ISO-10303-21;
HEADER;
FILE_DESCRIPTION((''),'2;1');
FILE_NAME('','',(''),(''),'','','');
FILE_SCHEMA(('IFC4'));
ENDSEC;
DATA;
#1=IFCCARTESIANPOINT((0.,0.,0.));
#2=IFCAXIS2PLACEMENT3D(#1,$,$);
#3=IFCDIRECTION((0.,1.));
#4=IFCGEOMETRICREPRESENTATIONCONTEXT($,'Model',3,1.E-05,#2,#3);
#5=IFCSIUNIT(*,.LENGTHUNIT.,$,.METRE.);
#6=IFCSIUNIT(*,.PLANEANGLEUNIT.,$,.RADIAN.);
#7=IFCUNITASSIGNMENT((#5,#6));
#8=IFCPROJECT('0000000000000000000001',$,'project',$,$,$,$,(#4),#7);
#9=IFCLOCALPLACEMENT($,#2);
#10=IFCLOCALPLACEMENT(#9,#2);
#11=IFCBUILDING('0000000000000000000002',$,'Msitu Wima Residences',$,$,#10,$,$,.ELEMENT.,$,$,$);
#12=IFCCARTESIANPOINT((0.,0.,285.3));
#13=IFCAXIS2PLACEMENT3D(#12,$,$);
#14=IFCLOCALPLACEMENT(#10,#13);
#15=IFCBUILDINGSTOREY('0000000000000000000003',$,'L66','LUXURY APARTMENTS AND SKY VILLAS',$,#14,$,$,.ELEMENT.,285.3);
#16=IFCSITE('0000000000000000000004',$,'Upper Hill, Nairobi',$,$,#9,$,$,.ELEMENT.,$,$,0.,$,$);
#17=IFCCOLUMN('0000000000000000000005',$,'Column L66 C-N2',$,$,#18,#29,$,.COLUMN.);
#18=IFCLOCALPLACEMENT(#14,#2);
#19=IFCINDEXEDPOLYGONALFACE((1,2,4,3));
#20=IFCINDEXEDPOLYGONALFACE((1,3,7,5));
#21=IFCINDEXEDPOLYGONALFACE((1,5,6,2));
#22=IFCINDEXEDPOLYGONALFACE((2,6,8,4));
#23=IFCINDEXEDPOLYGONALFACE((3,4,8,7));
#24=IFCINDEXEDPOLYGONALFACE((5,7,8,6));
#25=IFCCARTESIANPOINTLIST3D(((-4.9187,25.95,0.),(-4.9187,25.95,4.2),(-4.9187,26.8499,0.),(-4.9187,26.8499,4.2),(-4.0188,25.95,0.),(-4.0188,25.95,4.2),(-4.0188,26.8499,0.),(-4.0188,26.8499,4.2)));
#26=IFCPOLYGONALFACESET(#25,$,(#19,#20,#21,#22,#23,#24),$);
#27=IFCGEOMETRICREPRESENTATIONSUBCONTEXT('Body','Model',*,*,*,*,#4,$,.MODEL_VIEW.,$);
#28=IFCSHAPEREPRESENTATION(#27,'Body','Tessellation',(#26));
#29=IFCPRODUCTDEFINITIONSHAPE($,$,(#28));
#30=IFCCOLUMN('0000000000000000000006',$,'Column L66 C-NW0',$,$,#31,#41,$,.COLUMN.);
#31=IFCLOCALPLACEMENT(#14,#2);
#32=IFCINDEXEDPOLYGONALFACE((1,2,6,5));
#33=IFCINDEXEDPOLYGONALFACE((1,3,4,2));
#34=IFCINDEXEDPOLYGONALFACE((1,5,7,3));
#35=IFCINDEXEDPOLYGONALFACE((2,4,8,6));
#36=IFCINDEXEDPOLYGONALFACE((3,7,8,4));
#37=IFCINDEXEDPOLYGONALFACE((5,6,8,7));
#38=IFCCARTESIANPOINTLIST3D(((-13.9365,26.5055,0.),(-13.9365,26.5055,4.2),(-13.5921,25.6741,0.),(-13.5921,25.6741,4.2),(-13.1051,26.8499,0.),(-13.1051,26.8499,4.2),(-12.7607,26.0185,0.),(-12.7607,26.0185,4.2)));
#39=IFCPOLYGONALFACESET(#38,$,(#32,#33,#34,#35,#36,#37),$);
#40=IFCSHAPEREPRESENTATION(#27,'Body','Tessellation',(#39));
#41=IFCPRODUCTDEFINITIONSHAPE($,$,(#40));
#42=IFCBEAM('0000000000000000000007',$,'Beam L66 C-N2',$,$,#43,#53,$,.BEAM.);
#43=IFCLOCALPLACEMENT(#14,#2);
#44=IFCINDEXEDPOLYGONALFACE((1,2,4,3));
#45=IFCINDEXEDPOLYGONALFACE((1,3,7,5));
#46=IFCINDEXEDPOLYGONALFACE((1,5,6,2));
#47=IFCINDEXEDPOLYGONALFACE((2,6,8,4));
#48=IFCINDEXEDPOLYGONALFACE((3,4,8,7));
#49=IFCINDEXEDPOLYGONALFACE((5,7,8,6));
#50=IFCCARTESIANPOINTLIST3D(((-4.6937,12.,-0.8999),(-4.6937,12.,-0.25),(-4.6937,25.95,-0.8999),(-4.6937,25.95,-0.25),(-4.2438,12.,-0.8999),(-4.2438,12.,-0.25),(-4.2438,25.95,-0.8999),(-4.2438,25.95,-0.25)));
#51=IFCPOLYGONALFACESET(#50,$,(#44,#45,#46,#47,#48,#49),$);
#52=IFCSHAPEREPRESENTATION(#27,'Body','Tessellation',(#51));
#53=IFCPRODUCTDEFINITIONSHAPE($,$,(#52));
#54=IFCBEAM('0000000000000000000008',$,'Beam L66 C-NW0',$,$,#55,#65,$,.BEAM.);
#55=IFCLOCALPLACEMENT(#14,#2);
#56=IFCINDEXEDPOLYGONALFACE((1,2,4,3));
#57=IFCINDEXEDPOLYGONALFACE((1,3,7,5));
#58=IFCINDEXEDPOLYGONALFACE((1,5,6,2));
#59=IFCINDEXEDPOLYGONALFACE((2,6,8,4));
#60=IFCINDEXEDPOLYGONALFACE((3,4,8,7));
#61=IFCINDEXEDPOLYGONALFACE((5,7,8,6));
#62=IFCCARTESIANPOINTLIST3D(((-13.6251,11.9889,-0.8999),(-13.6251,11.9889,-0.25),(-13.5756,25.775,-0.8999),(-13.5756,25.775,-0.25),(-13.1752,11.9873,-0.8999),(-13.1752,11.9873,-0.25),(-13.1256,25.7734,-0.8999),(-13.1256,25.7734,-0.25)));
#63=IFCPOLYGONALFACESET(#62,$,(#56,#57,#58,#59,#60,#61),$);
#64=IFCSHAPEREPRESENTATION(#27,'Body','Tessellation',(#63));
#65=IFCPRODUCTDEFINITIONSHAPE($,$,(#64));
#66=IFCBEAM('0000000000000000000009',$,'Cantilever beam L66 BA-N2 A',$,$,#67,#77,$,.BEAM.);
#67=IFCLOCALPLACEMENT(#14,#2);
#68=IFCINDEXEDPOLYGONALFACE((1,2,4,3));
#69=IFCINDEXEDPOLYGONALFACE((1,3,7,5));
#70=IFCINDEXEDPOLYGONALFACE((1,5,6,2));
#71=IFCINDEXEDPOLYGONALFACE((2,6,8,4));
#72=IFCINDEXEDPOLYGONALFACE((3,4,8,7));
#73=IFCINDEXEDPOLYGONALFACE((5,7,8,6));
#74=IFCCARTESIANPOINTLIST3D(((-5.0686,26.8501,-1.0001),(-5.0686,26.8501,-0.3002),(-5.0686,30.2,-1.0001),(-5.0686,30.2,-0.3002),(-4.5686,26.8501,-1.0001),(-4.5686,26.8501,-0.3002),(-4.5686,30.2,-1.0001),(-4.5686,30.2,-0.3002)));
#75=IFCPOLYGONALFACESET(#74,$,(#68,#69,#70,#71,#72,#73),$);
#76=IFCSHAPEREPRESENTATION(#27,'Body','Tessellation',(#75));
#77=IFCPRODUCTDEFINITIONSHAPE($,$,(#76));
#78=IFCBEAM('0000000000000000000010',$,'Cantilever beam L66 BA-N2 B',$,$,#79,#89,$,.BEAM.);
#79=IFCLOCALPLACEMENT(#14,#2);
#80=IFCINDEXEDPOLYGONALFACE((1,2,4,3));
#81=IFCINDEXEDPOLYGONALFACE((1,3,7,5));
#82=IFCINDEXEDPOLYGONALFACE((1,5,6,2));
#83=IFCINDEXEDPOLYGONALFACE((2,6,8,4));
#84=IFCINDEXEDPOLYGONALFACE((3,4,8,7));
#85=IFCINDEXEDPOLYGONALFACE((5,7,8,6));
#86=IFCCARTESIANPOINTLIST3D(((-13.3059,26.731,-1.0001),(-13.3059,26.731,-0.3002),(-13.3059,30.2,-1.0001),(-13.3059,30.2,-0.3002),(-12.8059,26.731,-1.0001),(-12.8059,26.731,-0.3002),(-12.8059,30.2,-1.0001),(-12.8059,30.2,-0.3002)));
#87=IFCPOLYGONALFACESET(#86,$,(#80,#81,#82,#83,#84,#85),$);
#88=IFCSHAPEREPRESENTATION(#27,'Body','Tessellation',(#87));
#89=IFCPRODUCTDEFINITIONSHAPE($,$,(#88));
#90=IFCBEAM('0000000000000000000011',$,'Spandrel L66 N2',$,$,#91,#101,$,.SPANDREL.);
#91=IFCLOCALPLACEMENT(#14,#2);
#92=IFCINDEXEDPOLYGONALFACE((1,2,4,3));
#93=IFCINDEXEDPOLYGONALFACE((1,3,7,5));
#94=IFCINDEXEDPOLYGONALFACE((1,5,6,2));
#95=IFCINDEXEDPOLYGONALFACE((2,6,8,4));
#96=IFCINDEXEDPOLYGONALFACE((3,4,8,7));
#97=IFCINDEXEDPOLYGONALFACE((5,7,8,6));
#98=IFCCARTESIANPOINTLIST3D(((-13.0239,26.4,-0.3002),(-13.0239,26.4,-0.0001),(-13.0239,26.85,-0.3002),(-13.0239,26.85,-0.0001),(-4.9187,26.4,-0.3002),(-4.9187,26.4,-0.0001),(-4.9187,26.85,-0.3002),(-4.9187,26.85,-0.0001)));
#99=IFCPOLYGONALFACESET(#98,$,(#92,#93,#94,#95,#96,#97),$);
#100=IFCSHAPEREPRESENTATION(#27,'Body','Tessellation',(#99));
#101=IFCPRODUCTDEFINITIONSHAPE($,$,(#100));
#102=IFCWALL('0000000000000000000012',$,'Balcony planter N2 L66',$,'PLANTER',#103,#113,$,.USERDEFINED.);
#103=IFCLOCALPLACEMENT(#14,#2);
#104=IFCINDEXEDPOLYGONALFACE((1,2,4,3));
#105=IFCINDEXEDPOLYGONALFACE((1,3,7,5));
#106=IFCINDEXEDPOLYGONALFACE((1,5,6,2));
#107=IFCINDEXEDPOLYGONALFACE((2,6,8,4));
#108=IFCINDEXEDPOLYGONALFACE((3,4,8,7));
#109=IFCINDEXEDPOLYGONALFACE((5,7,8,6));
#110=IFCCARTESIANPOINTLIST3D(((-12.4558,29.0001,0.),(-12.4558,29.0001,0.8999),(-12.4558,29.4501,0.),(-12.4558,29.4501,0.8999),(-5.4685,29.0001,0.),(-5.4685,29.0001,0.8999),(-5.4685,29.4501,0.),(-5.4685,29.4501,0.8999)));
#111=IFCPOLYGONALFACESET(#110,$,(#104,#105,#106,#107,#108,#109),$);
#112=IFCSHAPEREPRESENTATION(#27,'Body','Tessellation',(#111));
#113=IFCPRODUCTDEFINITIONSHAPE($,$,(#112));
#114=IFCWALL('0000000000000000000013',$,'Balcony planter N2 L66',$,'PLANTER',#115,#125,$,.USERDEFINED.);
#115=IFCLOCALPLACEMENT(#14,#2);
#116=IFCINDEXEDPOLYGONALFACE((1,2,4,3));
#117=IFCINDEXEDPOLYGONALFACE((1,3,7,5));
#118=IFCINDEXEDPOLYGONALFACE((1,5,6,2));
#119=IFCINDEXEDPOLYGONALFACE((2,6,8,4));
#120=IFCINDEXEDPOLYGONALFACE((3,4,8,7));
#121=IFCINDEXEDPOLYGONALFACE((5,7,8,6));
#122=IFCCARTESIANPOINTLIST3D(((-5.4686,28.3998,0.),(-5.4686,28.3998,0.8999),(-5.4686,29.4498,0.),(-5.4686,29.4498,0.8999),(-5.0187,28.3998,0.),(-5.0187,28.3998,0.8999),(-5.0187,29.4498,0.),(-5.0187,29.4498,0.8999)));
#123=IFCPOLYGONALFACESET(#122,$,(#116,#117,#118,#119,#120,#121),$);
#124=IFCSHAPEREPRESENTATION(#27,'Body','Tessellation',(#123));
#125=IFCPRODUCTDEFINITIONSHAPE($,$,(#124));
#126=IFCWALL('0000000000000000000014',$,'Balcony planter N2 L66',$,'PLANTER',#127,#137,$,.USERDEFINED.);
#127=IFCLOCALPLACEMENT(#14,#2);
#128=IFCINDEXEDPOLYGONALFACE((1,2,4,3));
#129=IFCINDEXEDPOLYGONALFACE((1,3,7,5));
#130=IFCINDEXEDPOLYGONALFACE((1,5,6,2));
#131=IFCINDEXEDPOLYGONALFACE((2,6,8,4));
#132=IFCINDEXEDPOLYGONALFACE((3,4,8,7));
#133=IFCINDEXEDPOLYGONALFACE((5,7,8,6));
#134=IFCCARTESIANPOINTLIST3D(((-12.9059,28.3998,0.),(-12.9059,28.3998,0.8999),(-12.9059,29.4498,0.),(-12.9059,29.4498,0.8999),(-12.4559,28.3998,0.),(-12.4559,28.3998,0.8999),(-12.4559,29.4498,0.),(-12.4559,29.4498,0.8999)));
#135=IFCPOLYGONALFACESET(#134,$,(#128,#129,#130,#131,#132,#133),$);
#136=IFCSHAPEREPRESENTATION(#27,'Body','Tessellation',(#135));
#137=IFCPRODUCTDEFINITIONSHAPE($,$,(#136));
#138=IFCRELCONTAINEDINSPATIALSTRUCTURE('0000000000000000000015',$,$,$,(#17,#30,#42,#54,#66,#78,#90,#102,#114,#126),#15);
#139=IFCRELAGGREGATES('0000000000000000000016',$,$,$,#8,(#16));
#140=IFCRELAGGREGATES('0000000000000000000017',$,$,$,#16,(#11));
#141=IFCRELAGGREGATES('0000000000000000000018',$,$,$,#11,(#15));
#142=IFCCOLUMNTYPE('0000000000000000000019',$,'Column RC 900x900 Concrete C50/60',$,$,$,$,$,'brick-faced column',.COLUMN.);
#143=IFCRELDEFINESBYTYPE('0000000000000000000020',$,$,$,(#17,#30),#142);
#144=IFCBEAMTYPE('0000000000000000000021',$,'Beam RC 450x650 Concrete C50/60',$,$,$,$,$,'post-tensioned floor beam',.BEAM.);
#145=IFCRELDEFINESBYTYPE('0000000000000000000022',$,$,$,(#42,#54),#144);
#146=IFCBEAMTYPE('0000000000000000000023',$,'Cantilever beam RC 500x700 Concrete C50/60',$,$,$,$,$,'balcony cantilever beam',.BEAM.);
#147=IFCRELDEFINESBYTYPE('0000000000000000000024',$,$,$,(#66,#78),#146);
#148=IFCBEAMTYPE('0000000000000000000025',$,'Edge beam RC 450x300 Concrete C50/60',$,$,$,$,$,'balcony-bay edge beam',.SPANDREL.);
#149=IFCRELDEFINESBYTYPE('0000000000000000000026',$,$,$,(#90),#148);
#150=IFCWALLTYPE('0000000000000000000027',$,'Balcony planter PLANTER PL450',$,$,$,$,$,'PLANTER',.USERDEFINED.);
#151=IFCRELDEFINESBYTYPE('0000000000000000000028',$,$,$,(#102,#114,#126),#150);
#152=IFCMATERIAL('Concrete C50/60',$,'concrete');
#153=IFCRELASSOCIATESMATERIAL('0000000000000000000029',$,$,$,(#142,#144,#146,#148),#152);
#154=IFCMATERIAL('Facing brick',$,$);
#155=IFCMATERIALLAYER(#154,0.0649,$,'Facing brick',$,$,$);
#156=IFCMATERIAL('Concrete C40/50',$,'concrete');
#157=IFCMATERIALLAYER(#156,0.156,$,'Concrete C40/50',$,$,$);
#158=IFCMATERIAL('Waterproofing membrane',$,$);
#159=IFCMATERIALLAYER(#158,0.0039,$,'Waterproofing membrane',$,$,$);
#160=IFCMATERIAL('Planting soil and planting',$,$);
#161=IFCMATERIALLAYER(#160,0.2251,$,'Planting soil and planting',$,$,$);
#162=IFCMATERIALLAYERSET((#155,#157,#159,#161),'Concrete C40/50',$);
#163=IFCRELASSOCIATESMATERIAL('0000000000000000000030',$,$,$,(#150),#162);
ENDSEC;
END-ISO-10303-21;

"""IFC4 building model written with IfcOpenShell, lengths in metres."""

from ifc_helpers import new_model, si_unit, direction, frame, frame_2d, origin, origin_2d, place, context, subcontext, project, spatial, rectangle, extrude, material, layer, layer_set, material_profile, profile_set, type_object, element, save


model = new_model("IFC4")

# Units and contexts
model_context = context("Model", 3, precision=1e-05, world=origin(), true_north=direction((0.0, 1.0)))
body_context = subcontext(model_context, "Body", "Model", "MODEL_VIEW")
ifc_project = project(units=[si_unit("LENGTHUNIT", "METRE"), si_unit("PLANEANGLEUNIT", "RADIAN")], contexts=[model_context])

# Site, building, storey
site_placement = place(None, origin())
site = spatial("IfcSite", under=ifc_project, at=site_placement, Name="Upper Hill, Nairobi", CompositionType="ELEMENT", RefElevation=0.0)
building_placement = place(site_placement, origin())
building = spatial("IfcBuilding", under=site, at=building_placement, Name="Msitu Wima Residences", CompositionType="ELEMENT")
storey_placement = place(building_placement, frame((0.0, 0.0, 285.3)))
storey = spatial("IfcBuildingStorey", under=building, at=storey_placement, Name="L66", Description="LUXURY APARTMENTS AND SKY VILLAS", CompositionType="ELEMENT", Elevation=285.3)

# Columns
ifc_material_1 = material(Name="Concrete C50/60", Category="concrete")
ifc_material_profile_1 = material_profile(ifc_material_1, rectangle(XDim=0.8999, YDim=0.8999, at=origin_2d()), Name="RC 900x900")
ifc_profile_set_1 = profile_set([ifc_material_profile_1], Name="Concrete C50/60")
column_type = type_object("IfcColumnType", Name="Column RC 900x900 Concrete C50/60", ElementType="brick-faced column", PredefinedType="COLUMN", material=ifc_profile_set_1)
for number, where, z_axis, x_axis, name in (
    (1, (-4.4688, 26.3999, 0.0), (0.0, 0.0, 1.0), (-1.0, 0.0, 0.0), "Column L66 C-N2"),
    (2, (-13.3486, 26.262, 0.0), (0.0, 0.0, 1.0), (-0.92388, -0.382683, 0.0), "Column L66 C-NW0"),
):
    element("IfcColumn", number, at=place(storey_placement, frame(where, z_axis=z_axis, x_axis=x_axis)), inside=storey, type_object=column_type, Name=name, PredefinedType="COLUMN", context=body_context, shape_type="SweptSolid", body=[
        extrude(rectangle(XDim=0.8999, YDim=0.8999, at=origin_2d()), origin(), (0.0, 0.0, 1.0), 4.2),
    ])

# Beams
ifc_material_profile_2 = material_profile(ifc_material_1, rectangle(XDim=0.45, YDim=0.6499, at=origin_2d()), Name="RC 450x650")
ifc_profile_set_2 = profile_set([ifc_material_profile_2], Name="Concrete C50/60")
beam_type_1 = type_object("IfcBeamType", Name="Beam RC 450x650 Concrete C50/60", ElementType="post-tensioned floor beam", PredefinedType="BEAM", material=ifc_profile_set_2)
beam_1_placement = place(storey_placement, frame((-4.4688, 25.95, -0.575), z_axis=(0.0, -1.0, 0.0), x_axis=(1.0, 0.0, 0.0)))
element("IfcBeam", 3, at=beam_1_placement, inside=storey, type_object=beam_type_1, Name="Beam L66 C-N2", PredefinedType="BEAM", context=body_context, shape_type="SweptSolid", body=[
    extrude(rectangle(XDim=0.45, YDim=0.6499, at=origin_2d()), origin(), (0.0, 0.0, 1.0), 13.95),
])
beam_2_placement = place(storey_placement, frame((-13.3506, 25.7742, -0.575), z_axis=(-0.003595, -0.999994, 0.0), x_axis=(0.999994, -0.003595, 0.0)))
element("IfcBeam", 4, at=beam_2_placement, inside=storey, type_object=beam_type_1, Name="Beam L66 C-NW0", PredefinedType="BEAM", context=body_context, shape_type="SweptSolid", body=[
    extrude(rectangle(XDim=0.45, YDim=0.6499, at=origin_2d()), origin(), (0.0, 0.0, 1.0), 13.7861),
])
ifc_material_profile_3 = material_profile(ifc_material_1, rectangle(XDim=0.5, YDim=0.7, at=origin_2d()), Name="RC 500x700")
ifc_profile_set_3 = profile_set([ifc_material_profile_3], Name="Concrete C50/60")
beam_type_2 = type_object("IfcBeamType", Name="Cantilever beam RC 500x700 Concrete C50/60", ElementType="balcony cantilever beam", PredefinedType="BEAM", material=ifc_profile_set_3)
beam_3_placement = place(storey_placement, frame((-4.8186, 26.8501, -0.6501), z_axis=(0.0, 1.0, 0.0), x_axis=(-1.0, 0.0, 0.0)))
element("IfcBeam", 5, at=beam_3_placement, inside=storey, type_object=beam_type_2, Name="Cantilever beam L66 BA-N2 A", PredefinedType="BEAM", context=body_context, shape_type="SweptSolid", body=[
    extrude(rectangle(XDim=0.5, YDim=0.7, at=origin_2d()), origin(), (0.0, 0.0, 1.0), 3.3499),
])
beam_4_placement = place(storey_placement, frame((-13.0559, 26.731, -0.6501), z_axis=(0.0, 1.0, 0.0), x_axis=(-1.0, 0.0, 0.0)))
element("IfcBeam", 6, at=beam_4_placement, inside=storey, type_object=beam_type_2, Name="Cantilever beam L66 BA-N2 B", PredefinedType="BEAM", context=body_context, shape_type="SweptSolid", body=[
    extrude(rectangle(XDim=0.5, YDim=0.7, at=origin_2d()), origin(), (0.0, 0.0, 1.0), 3.469),
])
ifc_material_profile_4 = material_profile(ifc_material_1, rectangle(XDim=0.45, YDim=0.3, at=origin_2d()), Name="RC 450x300")
ifc_profile_set_4 = profile_set([ifc_material_profile_4], Name="Concrete C50/60")
beam_type_3 = type_object("IfcBeamType", Name="Edge beam RC 450x300 Concrete C50/60", ElementType="balcony-bay edge beam", PredefinedType="SPANDREL", material=ifc_profile_set_4)
beam_5_placement = place(storey_placement, frame((-4.9187, 26.625, -0.1501), z_axis=(-1.0, 0.0, 0.0), x_axis=(0.0, -1.0, 0.0)))
element("IfcBeam", 7, at=beam_5_placement, inside=storey, type_object=beam_type_3, Name="Spandrel L66 N2", PredefinedType="SPANDREL", context=body_context, shape_type="SweptSolid", body=[
    extrude(rectangle(XDim=0.45, YDim=0.3, at=origin_2d()), origin(), (0.0, 0.0, 1.0), 8.1052),
])

# Walls
ifc_material_2 = material(Name="Facing brick")
ifc_layer_1 = layer(ifc_material_2, 0.0649, Name="Facing brick")
ifc_material_3 = material(Name="Concrete C40/50", Category="concrete")
ifc_layer_2 = layer(ifc_material_3, 0.156, Name="Concrete C40/50")
ifc_material_4 = material(Name="Waterproofing membrane")
ifc_layer_3 = layer(ifc_material_4, 0.0039, Name="Waterproofing membrane")
ifc_material_5 = material(Name="Planting soil and planting")
ifc_layer_4 = layer(ifc_material_5, 0.2251, Name="Planting soil and planting")
ifc_layer_set_1 = layer_set([ifc_layer_1, ifc_layer_2, ifc_layer_3, ifc_layer_4], Name="Concrete C40/50")
wall_type_1 = type_object("IfcWallType", Name="Balcony planter PLANTER PL450", ElementType="PLANTER", PredefinedType="USERDEFINED", material=ifc_layer_set_1)
wall_1_placement = place(storey_placement, frame((-5.4685, 29.2251, 0.0), z_axis=(0.0, 0.0, 1.0), x_axis=(-1.0, 0.0, 0.0)))
element("IfcWall", 8, at=wall_1_placement, inside=storey, type_object=wall_type_1, Name="Balcony planter N2 L66", ObjectType="PLANTER", PredefinedType="USERDEFINED", context=body_context, shape_type="SweptSolid", body=[
    extrude(rectangle(XDim=6.9873, YDim=0.45, at=frame_2d((3.4937, 0.0))), origin(), (0.0, 0.0, 1.0), 0.8999),
])
for number, where, z_axis, x_axis, name in (
    (9, (-5.2437, 28.3999, 0.0), (0.0, 0.0, 1.0), (0.0, 1.0, 0.0), "Balcony planter N2 L66"),
    (10, (-12.6809, 28.3999, 0.0), (0.0, 0.0, 1.0), (0.0, 1.0, 0.0), "Balcony planter N2 L66"),
):
    element("IfcWall", number, at=place(storey_placement, frame(where, z_axis=z_axis, x_axis=x_axis)), inside=storey, type_object=wall_type_1, Name=name, ObjectType="PLANTER", PredefinedType="USERDEFINED", context=body_context, shape_type="SweptSolid", body=[
        extrude(rectangle(XDim=1.05, YDim=0.45, at=frame_2d((0.5249, 0.0))), origin(), (0.0, 0.0, 1.0), 0.8999),
    ])

save(model, "model.ifc")
